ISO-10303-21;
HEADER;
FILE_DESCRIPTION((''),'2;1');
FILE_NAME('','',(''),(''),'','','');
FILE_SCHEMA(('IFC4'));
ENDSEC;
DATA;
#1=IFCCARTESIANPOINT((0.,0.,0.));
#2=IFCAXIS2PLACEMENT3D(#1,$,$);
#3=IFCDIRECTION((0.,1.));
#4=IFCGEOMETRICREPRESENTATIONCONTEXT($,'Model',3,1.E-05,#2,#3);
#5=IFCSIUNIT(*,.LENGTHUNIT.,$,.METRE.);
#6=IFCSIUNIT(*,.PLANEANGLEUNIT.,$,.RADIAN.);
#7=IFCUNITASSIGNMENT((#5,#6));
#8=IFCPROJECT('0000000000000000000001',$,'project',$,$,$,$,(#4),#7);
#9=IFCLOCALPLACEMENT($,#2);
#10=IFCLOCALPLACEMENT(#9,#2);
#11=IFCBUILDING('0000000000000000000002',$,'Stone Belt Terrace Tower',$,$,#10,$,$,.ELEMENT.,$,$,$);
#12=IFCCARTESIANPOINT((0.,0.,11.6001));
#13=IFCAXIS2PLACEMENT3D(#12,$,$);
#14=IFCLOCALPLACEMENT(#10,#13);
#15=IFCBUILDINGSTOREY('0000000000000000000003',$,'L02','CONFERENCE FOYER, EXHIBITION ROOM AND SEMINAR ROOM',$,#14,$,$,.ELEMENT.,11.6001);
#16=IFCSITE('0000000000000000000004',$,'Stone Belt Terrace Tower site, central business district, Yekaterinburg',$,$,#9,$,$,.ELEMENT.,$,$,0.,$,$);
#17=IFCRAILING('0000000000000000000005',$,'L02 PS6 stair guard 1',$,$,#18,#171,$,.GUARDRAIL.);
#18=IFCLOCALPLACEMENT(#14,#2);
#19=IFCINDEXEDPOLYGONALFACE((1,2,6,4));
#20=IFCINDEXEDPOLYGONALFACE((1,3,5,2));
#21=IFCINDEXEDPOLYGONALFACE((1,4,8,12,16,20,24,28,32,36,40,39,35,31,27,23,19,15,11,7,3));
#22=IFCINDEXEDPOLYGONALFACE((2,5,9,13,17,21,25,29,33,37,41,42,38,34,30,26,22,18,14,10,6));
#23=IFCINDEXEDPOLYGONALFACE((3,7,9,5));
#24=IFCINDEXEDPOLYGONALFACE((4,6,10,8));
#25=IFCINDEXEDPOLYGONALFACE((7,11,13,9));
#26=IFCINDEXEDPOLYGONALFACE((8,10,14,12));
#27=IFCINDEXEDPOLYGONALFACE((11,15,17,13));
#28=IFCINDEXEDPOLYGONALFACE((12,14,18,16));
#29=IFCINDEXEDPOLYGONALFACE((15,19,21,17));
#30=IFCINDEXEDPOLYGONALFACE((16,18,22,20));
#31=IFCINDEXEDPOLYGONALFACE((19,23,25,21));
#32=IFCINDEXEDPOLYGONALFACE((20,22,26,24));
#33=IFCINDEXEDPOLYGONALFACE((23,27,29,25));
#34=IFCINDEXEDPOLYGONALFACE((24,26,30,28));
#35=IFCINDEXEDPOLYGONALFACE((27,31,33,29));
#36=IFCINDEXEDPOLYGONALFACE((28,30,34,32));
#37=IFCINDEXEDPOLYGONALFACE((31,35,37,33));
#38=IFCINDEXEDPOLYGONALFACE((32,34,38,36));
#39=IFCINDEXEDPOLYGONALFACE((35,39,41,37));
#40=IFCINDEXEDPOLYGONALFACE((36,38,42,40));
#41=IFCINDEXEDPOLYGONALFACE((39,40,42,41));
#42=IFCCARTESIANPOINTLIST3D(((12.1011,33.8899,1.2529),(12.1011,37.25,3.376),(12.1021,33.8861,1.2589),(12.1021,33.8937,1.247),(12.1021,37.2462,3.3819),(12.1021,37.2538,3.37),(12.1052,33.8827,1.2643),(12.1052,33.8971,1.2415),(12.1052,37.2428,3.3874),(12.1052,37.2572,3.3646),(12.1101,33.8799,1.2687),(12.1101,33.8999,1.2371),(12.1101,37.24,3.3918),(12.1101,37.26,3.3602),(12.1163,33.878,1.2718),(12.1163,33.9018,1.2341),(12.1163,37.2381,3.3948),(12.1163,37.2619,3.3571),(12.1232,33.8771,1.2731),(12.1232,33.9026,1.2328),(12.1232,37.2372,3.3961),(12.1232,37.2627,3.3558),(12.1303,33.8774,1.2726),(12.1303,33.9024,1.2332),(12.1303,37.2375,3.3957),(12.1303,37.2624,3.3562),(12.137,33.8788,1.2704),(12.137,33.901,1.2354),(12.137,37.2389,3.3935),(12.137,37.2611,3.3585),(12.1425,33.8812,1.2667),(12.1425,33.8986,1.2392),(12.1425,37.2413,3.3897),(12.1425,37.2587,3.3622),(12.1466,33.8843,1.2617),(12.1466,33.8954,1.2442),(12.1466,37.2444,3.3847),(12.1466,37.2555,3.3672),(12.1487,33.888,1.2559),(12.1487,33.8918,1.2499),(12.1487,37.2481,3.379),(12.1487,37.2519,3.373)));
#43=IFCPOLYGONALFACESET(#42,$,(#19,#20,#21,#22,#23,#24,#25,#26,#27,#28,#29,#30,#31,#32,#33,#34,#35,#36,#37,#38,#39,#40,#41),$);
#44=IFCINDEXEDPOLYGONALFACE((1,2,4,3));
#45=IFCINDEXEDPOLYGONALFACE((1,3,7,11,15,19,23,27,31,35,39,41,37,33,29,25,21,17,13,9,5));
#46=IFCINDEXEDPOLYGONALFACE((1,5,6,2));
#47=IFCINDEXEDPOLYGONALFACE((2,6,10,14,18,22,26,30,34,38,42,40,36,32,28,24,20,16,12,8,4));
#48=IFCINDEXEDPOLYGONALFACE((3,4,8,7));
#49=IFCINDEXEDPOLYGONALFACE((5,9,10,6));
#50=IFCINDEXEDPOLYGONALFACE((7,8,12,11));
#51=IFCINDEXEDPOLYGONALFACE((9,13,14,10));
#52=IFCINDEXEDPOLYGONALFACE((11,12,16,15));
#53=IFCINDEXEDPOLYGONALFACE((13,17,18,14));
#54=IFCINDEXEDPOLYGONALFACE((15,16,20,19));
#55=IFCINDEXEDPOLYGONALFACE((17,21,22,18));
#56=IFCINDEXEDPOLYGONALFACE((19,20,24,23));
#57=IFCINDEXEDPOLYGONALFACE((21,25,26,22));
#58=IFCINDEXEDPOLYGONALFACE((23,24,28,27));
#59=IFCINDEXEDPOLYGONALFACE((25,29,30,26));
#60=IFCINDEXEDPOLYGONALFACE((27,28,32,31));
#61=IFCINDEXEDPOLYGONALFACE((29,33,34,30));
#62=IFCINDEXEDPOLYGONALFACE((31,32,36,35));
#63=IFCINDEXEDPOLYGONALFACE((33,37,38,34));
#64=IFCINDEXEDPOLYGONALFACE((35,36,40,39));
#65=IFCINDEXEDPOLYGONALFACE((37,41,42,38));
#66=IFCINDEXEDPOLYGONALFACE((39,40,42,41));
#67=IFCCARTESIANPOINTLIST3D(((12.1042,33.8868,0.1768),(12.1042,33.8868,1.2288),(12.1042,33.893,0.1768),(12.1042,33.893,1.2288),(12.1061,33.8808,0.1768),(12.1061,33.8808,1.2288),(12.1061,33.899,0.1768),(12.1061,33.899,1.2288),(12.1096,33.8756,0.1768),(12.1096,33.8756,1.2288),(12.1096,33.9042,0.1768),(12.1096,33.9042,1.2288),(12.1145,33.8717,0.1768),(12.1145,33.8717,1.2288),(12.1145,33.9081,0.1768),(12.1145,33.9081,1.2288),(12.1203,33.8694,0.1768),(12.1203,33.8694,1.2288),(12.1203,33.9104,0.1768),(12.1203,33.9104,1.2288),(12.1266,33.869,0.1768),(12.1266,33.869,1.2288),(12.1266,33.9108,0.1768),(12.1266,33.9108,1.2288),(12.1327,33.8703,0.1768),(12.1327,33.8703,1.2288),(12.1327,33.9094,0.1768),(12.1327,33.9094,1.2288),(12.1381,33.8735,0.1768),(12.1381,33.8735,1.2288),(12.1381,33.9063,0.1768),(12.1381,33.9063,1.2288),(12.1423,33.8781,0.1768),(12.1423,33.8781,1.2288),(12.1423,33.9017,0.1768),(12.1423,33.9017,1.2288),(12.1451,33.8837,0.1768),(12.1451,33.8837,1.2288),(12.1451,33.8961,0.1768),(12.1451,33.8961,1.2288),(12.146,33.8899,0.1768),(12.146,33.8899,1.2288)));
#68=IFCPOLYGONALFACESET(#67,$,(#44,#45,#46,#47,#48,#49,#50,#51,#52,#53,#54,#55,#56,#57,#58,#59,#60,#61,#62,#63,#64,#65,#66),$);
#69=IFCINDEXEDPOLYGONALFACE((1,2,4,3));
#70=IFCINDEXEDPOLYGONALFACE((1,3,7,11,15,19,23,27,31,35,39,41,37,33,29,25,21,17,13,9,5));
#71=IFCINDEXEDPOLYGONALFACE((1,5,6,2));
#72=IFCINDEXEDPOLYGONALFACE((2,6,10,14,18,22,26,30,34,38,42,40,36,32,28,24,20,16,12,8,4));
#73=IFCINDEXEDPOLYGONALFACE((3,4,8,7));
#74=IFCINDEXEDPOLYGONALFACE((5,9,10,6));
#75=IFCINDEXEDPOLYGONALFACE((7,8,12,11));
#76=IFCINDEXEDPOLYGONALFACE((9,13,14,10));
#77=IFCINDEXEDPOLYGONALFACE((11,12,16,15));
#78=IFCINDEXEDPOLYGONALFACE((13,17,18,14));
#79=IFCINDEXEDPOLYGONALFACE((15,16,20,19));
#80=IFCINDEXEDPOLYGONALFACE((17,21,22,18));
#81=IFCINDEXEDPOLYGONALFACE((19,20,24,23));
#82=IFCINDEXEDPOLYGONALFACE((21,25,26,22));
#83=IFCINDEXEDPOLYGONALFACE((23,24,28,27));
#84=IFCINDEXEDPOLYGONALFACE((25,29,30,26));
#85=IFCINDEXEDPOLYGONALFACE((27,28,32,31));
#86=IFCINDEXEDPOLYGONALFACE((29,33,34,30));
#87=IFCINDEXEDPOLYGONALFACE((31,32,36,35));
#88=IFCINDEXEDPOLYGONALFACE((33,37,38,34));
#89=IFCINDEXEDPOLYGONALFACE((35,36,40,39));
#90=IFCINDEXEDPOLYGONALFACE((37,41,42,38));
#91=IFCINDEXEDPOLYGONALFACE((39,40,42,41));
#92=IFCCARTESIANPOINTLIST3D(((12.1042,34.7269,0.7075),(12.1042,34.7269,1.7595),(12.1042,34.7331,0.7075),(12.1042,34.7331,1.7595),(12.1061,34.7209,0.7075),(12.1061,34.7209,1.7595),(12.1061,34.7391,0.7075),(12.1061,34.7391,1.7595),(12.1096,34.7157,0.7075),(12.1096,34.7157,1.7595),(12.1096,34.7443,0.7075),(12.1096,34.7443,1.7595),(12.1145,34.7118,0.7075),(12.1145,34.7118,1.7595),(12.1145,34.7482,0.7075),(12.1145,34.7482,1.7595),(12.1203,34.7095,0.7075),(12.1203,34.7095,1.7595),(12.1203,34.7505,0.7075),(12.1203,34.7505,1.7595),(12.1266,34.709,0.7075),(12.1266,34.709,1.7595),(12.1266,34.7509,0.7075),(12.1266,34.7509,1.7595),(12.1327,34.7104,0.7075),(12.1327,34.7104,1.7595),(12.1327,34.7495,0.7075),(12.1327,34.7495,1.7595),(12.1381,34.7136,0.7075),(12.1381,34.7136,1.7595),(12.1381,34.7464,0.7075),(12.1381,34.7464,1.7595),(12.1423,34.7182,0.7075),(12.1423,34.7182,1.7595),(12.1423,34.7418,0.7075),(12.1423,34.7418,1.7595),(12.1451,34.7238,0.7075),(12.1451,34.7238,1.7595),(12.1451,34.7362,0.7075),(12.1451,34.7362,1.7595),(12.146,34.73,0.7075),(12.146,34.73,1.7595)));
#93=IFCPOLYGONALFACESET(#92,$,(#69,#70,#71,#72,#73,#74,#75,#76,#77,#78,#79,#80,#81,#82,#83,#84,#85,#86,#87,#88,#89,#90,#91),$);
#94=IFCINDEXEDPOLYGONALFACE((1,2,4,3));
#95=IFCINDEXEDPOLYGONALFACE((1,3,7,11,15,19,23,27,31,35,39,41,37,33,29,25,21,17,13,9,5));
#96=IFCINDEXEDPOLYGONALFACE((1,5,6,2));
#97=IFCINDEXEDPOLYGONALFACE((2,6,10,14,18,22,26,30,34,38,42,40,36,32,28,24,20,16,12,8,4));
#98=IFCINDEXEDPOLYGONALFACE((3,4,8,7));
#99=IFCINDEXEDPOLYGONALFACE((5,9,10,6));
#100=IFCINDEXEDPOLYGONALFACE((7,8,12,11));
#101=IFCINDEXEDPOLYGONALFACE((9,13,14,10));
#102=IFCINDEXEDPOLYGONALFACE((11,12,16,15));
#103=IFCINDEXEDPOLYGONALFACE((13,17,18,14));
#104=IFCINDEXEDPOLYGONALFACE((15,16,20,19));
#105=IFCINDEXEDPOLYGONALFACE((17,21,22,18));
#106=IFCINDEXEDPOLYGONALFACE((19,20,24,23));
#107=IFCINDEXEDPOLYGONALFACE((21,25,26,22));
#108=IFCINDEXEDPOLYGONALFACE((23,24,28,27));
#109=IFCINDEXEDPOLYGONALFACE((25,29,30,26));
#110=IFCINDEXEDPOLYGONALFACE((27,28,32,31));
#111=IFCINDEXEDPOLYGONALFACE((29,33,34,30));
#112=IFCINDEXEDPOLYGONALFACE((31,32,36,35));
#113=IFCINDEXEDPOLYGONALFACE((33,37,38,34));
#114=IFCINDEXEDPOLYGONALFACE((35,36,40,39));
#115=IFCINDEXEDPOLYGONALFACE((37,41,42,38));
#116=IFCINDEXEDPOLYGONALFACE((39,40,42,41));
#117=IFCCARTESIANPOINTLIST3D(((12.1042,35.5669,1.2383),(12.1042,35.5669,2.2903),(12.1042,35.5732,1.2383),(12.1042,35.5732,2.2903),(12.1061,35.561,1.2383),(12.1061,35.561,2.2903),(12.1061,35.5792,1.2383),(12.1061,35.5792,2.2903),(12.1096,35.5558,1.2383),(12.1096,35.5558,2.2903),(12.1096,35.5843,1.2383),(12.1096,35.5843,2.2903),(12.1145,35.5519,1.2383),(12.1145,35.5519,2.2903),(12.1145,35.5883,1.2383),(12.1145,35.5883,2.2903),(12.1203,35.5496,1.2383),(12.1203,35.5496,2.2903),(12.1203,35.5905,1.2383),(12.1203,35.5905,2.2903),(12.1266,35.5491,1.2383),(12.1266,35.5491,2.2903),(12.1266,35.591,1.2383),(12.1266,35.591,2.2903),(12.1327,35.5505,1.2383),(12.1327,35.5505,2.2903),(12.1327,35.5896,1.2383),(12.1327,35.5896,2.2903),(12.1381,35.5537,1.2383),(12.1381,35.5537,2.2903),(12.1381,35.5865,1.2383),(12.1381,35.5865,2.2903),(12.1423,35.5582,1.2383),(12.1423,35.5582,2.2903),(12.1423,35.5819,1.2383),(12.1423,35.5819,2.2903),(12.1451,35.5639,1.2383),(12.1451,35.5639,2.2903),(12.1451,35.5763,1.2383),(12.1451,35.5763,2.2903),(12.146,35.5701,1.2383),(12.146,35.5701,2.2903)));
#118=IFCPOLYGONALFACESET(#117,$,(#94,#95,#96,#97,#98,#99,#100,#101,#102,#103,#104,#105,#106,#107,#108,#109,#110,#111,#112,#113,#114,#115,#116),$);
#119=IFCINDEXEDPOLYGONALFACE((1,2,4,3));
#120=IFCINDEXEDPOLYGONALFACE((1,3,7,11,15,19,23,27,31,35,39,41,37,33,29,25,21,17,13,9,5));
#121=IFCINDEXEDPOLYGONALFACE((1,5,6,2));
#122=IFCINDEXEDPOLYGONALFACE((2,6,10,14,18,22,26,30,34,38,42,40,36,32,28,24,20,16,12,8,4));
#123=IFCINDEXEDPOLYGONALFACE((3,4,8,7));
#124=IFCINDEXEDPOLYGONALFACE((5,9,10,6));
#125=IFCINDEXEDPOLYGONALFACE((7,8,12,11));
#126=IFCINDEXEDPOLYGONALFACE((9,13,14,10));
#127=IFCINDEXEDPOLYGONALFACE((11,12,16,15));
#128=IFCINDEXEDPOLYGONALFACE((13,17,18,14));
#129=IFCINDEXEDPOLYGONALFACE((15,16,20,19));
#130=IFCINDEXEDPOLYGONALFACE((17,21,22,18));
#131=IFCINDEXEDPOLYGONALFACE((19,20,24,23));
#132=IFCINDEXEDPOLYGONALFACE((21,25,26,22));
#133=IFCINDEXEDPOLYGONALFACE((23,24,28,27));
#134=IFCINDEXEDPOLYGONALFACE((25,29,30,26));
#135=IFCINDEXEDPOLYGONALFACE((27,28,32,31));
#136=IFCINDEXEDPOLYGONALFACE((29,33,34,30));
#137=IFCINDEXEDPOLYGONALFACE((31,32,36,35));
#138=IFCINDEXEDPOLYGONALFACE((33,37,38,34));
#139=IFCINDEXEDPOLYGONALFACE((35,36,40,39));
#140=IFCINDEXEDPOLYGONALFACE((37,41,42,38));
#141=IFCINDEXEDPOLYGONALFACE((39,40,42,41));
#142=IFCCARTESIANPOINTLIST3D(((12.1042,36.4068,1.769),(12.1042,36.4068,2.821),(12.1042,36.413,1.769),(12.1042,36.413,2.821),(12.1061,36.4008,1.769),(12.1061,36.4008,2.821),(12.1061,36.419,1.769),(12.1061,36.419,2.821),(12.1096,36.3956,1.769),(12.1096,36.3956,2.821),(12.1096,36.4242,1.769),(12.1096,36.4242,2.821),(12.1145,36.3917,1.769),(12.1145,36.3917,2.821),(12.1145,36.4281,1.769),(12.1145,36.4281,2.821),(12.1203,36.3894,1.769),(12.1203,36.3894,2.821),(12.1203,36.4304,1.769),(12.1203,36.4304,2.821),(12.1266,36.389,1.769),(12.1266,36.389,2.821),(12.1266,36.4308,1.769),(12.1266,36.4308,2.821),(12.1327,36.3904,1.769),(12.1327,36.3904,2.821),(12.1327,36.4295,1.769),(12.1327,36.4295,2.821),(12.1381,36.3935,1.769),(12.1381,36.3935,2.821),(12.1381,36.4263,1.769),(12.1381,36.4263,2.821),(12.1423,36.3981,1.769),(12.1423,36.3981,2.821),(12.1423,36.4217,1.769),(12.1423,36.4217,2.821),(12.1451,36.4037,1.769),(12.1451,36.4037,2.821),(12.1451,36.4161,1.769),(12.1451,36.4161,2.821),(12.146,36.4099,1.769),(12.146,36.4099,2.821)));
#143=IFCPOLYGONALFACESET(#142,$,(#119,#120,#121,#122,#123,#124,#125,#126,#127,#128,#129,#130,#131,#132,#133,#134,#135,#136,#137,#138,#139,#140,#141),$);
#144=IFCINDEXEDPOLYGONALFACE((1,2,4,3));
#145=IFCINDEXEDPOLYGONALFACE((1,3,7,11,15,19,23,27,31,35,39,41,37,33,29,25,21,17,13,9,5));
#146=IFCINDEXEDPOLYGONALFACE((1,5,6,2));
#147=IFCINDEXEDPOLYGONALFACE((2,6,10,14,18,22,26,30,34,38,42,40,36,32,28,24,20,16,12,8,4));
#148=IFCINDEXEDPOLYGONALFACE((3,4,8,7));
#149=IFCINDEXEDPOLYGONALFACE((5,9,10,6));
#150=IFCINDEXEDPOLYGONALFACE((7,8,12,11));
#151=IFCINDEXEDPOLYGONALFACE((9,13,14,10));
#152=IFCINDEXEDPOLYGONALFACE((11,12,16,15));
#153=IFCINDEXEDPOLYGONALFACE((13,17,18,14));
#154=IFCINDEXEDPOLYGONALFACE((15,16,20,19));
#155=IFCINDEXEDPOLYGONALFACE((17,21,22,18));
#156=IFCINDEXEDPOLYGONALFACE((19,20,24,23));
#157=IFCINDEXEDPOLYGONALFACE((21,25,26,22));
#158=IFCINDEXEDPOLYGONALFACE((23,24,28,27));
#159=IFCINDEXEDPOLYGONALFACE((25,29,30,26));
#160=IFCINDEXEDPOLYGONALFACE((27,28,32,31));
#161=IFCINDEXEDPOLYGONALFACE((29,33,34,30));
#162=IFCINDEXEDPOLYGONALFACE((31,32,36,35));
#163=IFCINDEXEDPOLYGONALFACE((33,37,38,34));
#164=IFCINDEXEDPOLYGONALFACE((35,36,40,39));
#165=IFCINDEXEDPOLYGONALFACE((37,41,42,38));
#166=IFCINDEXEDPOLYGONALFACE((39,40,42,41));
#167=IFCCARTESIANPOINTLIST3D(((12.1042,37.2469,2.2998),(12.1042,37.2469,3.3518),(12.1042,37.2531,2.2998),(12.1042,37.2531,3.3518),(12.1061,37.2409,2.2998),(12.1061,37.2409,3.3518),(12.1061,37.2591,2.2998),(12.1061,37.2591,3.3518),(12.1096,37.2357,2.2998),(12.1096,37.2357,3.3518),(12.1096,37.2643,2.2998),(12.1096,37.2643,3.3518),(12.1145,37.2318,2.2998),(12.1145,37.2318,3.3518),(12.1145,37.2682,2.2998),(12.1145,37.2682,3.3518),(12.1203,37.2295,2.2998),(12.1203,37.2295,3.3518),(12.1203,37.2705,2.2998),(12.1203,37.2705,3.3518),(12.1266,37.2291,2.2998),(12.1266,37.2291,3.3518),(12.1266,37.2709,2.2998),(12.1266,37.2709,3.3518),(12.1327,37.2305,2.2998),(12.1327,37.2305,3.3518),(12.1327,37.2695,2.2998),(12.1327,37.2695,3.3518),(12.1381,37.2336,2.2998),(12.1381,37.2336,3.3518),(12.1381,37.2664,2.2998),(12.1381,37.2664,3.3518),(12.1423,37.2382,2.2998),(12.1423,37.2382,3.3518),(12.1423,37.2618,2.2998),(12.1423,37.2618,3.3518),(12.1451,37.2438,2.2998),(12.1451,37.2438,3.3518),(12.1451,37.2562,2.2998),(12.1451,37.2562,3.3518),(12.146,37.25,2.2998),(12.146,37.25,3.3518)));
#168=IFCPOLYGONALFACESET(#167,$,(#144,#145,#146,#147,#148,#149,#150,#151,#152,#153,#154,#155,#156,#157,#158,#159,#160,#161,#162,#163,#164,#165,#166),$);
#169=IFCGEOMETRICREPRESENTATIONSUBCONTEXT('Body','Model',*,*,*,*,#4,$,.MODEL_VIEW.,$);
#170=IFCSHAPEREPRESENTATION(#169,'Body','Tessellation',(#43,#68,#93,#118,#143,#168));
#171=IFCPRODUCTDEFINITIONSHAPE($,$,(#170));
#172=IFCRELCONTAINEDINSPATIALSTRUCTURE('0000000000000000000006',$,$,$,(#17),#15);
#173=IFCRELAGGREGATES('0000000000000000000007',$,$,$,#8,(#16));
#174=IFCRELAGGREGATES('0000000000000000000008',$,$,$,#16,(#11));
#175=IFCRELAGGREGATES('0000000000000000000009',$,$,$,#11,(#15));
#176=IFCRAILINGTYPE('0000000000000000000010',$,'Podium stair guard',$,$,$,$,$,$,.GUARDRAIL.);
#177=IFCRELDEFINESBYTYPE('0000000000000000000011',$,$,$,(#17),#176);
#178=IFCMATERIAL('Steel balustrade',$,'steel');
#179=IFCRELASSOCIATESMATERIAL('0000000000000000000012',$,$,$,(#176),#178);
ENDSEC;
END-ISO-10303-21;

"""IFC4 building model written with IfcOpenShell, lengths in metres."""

from ifc_helpers import new_model, si_unit, direction, frame, origin, origin_2d, place, context, subcontext, project, spatial, circle, extrude, material, type_object, element, save


model = new_model("IFC4")

# Units and contexts
model_context = context("Model", 3, precision=1e-05, world=origin(), true_north=direction((0.0, 1.0)))
body_context = subcontext(model_context, "Body", "Model", "MODEL_VIEW")
ifc_project = project(units=[si_unit("LENGTHUNIT", "METRE"), si_unit("PLANEANGLEUNIT", "RADIAN")], contexts=[model_context])

# Site, building, storey
site_placement = place(None, origin())
site = spatial("IfcSite", under=ifc_project, at=site_placement, Name="Stone Belt Terrace Tower site, central business district, Yekaterinburg", CompositionType="ELEMENT", RefElevation=0.0)
building_placement = place(site_placement, origin())
building = spatial("IfcBuilding", under=site, at=building_placement, Name="Stone Belt Terrace Tower", CompositionType="ELEMENT")
storey_placement = place(building_placement, frame((0.0, 0.0, 11.6001)))
storey = spatial("IfcBuildingStorey", under=building, at=storey_placement, Name="L02", Description="CONFERENCE FOYER, EXHIBITION ROOM AND SEMINAR ROOM", CompositionType="ELEMENT", Elevation=11.6001)

# Railing
ifc_material_1 = material(Name="Steel balustrade", Category="steel")
railing_type_1 = type_object("IfcRailingType", Name="Podium stair guard", PredefinedType="GUARDRAIL", material=ifc_material_1)
railing_1_placement = place(storey_placement, frame((12.125, 33.8899, 0.1768)))
element("IfcRailing", 1, at=railing_1_placement, inside=storey, type_object=railing_type_1, Name="L02 PS6 stair guard 1", PredefinedType="GUARDRAIL", context=body_context, shape_type="SweptSolid", body=[
    extrude(circle(Radius=0.0239, at=origin_2d()), frame((0.0, 0.0, 1.0762), z_axis=(0.0, 0.84539, 0.53415), x_axis=(-1.0, 0.0, 0.0)), (0.0, 0.0, 1.0), 3.9746),
    extrude(circle(Radius=0.021, at=origin_2d()), origin(), (0.0, 0.0, 1.0), 1.052),
    extrude(circle(Radius=0.021, at=origin_2d()), frame((0.0, 0.8401, 0.5308)), (0.0, 0.0, 1.0), 1.052),
    extrude(circle(Radius=0.021, at=origin_2d()), frame((0.0, 1.6802, 1.0615)), (0.0, 0.0, 1.0), 1.052),
    extrude(circle(Radius=0.021, at=origin_2d()), frame((0.0, 2.52, 1.5923)), (0.0, 0.0, 1.0), 1.052),
    extrude(circle(Radius=0.021, at=origin_2d()), frame((0.0, 3.3601, 2.123)), (0.0, 0.0, 1.0), 1.052),
])

save(model, "model.ifc")
